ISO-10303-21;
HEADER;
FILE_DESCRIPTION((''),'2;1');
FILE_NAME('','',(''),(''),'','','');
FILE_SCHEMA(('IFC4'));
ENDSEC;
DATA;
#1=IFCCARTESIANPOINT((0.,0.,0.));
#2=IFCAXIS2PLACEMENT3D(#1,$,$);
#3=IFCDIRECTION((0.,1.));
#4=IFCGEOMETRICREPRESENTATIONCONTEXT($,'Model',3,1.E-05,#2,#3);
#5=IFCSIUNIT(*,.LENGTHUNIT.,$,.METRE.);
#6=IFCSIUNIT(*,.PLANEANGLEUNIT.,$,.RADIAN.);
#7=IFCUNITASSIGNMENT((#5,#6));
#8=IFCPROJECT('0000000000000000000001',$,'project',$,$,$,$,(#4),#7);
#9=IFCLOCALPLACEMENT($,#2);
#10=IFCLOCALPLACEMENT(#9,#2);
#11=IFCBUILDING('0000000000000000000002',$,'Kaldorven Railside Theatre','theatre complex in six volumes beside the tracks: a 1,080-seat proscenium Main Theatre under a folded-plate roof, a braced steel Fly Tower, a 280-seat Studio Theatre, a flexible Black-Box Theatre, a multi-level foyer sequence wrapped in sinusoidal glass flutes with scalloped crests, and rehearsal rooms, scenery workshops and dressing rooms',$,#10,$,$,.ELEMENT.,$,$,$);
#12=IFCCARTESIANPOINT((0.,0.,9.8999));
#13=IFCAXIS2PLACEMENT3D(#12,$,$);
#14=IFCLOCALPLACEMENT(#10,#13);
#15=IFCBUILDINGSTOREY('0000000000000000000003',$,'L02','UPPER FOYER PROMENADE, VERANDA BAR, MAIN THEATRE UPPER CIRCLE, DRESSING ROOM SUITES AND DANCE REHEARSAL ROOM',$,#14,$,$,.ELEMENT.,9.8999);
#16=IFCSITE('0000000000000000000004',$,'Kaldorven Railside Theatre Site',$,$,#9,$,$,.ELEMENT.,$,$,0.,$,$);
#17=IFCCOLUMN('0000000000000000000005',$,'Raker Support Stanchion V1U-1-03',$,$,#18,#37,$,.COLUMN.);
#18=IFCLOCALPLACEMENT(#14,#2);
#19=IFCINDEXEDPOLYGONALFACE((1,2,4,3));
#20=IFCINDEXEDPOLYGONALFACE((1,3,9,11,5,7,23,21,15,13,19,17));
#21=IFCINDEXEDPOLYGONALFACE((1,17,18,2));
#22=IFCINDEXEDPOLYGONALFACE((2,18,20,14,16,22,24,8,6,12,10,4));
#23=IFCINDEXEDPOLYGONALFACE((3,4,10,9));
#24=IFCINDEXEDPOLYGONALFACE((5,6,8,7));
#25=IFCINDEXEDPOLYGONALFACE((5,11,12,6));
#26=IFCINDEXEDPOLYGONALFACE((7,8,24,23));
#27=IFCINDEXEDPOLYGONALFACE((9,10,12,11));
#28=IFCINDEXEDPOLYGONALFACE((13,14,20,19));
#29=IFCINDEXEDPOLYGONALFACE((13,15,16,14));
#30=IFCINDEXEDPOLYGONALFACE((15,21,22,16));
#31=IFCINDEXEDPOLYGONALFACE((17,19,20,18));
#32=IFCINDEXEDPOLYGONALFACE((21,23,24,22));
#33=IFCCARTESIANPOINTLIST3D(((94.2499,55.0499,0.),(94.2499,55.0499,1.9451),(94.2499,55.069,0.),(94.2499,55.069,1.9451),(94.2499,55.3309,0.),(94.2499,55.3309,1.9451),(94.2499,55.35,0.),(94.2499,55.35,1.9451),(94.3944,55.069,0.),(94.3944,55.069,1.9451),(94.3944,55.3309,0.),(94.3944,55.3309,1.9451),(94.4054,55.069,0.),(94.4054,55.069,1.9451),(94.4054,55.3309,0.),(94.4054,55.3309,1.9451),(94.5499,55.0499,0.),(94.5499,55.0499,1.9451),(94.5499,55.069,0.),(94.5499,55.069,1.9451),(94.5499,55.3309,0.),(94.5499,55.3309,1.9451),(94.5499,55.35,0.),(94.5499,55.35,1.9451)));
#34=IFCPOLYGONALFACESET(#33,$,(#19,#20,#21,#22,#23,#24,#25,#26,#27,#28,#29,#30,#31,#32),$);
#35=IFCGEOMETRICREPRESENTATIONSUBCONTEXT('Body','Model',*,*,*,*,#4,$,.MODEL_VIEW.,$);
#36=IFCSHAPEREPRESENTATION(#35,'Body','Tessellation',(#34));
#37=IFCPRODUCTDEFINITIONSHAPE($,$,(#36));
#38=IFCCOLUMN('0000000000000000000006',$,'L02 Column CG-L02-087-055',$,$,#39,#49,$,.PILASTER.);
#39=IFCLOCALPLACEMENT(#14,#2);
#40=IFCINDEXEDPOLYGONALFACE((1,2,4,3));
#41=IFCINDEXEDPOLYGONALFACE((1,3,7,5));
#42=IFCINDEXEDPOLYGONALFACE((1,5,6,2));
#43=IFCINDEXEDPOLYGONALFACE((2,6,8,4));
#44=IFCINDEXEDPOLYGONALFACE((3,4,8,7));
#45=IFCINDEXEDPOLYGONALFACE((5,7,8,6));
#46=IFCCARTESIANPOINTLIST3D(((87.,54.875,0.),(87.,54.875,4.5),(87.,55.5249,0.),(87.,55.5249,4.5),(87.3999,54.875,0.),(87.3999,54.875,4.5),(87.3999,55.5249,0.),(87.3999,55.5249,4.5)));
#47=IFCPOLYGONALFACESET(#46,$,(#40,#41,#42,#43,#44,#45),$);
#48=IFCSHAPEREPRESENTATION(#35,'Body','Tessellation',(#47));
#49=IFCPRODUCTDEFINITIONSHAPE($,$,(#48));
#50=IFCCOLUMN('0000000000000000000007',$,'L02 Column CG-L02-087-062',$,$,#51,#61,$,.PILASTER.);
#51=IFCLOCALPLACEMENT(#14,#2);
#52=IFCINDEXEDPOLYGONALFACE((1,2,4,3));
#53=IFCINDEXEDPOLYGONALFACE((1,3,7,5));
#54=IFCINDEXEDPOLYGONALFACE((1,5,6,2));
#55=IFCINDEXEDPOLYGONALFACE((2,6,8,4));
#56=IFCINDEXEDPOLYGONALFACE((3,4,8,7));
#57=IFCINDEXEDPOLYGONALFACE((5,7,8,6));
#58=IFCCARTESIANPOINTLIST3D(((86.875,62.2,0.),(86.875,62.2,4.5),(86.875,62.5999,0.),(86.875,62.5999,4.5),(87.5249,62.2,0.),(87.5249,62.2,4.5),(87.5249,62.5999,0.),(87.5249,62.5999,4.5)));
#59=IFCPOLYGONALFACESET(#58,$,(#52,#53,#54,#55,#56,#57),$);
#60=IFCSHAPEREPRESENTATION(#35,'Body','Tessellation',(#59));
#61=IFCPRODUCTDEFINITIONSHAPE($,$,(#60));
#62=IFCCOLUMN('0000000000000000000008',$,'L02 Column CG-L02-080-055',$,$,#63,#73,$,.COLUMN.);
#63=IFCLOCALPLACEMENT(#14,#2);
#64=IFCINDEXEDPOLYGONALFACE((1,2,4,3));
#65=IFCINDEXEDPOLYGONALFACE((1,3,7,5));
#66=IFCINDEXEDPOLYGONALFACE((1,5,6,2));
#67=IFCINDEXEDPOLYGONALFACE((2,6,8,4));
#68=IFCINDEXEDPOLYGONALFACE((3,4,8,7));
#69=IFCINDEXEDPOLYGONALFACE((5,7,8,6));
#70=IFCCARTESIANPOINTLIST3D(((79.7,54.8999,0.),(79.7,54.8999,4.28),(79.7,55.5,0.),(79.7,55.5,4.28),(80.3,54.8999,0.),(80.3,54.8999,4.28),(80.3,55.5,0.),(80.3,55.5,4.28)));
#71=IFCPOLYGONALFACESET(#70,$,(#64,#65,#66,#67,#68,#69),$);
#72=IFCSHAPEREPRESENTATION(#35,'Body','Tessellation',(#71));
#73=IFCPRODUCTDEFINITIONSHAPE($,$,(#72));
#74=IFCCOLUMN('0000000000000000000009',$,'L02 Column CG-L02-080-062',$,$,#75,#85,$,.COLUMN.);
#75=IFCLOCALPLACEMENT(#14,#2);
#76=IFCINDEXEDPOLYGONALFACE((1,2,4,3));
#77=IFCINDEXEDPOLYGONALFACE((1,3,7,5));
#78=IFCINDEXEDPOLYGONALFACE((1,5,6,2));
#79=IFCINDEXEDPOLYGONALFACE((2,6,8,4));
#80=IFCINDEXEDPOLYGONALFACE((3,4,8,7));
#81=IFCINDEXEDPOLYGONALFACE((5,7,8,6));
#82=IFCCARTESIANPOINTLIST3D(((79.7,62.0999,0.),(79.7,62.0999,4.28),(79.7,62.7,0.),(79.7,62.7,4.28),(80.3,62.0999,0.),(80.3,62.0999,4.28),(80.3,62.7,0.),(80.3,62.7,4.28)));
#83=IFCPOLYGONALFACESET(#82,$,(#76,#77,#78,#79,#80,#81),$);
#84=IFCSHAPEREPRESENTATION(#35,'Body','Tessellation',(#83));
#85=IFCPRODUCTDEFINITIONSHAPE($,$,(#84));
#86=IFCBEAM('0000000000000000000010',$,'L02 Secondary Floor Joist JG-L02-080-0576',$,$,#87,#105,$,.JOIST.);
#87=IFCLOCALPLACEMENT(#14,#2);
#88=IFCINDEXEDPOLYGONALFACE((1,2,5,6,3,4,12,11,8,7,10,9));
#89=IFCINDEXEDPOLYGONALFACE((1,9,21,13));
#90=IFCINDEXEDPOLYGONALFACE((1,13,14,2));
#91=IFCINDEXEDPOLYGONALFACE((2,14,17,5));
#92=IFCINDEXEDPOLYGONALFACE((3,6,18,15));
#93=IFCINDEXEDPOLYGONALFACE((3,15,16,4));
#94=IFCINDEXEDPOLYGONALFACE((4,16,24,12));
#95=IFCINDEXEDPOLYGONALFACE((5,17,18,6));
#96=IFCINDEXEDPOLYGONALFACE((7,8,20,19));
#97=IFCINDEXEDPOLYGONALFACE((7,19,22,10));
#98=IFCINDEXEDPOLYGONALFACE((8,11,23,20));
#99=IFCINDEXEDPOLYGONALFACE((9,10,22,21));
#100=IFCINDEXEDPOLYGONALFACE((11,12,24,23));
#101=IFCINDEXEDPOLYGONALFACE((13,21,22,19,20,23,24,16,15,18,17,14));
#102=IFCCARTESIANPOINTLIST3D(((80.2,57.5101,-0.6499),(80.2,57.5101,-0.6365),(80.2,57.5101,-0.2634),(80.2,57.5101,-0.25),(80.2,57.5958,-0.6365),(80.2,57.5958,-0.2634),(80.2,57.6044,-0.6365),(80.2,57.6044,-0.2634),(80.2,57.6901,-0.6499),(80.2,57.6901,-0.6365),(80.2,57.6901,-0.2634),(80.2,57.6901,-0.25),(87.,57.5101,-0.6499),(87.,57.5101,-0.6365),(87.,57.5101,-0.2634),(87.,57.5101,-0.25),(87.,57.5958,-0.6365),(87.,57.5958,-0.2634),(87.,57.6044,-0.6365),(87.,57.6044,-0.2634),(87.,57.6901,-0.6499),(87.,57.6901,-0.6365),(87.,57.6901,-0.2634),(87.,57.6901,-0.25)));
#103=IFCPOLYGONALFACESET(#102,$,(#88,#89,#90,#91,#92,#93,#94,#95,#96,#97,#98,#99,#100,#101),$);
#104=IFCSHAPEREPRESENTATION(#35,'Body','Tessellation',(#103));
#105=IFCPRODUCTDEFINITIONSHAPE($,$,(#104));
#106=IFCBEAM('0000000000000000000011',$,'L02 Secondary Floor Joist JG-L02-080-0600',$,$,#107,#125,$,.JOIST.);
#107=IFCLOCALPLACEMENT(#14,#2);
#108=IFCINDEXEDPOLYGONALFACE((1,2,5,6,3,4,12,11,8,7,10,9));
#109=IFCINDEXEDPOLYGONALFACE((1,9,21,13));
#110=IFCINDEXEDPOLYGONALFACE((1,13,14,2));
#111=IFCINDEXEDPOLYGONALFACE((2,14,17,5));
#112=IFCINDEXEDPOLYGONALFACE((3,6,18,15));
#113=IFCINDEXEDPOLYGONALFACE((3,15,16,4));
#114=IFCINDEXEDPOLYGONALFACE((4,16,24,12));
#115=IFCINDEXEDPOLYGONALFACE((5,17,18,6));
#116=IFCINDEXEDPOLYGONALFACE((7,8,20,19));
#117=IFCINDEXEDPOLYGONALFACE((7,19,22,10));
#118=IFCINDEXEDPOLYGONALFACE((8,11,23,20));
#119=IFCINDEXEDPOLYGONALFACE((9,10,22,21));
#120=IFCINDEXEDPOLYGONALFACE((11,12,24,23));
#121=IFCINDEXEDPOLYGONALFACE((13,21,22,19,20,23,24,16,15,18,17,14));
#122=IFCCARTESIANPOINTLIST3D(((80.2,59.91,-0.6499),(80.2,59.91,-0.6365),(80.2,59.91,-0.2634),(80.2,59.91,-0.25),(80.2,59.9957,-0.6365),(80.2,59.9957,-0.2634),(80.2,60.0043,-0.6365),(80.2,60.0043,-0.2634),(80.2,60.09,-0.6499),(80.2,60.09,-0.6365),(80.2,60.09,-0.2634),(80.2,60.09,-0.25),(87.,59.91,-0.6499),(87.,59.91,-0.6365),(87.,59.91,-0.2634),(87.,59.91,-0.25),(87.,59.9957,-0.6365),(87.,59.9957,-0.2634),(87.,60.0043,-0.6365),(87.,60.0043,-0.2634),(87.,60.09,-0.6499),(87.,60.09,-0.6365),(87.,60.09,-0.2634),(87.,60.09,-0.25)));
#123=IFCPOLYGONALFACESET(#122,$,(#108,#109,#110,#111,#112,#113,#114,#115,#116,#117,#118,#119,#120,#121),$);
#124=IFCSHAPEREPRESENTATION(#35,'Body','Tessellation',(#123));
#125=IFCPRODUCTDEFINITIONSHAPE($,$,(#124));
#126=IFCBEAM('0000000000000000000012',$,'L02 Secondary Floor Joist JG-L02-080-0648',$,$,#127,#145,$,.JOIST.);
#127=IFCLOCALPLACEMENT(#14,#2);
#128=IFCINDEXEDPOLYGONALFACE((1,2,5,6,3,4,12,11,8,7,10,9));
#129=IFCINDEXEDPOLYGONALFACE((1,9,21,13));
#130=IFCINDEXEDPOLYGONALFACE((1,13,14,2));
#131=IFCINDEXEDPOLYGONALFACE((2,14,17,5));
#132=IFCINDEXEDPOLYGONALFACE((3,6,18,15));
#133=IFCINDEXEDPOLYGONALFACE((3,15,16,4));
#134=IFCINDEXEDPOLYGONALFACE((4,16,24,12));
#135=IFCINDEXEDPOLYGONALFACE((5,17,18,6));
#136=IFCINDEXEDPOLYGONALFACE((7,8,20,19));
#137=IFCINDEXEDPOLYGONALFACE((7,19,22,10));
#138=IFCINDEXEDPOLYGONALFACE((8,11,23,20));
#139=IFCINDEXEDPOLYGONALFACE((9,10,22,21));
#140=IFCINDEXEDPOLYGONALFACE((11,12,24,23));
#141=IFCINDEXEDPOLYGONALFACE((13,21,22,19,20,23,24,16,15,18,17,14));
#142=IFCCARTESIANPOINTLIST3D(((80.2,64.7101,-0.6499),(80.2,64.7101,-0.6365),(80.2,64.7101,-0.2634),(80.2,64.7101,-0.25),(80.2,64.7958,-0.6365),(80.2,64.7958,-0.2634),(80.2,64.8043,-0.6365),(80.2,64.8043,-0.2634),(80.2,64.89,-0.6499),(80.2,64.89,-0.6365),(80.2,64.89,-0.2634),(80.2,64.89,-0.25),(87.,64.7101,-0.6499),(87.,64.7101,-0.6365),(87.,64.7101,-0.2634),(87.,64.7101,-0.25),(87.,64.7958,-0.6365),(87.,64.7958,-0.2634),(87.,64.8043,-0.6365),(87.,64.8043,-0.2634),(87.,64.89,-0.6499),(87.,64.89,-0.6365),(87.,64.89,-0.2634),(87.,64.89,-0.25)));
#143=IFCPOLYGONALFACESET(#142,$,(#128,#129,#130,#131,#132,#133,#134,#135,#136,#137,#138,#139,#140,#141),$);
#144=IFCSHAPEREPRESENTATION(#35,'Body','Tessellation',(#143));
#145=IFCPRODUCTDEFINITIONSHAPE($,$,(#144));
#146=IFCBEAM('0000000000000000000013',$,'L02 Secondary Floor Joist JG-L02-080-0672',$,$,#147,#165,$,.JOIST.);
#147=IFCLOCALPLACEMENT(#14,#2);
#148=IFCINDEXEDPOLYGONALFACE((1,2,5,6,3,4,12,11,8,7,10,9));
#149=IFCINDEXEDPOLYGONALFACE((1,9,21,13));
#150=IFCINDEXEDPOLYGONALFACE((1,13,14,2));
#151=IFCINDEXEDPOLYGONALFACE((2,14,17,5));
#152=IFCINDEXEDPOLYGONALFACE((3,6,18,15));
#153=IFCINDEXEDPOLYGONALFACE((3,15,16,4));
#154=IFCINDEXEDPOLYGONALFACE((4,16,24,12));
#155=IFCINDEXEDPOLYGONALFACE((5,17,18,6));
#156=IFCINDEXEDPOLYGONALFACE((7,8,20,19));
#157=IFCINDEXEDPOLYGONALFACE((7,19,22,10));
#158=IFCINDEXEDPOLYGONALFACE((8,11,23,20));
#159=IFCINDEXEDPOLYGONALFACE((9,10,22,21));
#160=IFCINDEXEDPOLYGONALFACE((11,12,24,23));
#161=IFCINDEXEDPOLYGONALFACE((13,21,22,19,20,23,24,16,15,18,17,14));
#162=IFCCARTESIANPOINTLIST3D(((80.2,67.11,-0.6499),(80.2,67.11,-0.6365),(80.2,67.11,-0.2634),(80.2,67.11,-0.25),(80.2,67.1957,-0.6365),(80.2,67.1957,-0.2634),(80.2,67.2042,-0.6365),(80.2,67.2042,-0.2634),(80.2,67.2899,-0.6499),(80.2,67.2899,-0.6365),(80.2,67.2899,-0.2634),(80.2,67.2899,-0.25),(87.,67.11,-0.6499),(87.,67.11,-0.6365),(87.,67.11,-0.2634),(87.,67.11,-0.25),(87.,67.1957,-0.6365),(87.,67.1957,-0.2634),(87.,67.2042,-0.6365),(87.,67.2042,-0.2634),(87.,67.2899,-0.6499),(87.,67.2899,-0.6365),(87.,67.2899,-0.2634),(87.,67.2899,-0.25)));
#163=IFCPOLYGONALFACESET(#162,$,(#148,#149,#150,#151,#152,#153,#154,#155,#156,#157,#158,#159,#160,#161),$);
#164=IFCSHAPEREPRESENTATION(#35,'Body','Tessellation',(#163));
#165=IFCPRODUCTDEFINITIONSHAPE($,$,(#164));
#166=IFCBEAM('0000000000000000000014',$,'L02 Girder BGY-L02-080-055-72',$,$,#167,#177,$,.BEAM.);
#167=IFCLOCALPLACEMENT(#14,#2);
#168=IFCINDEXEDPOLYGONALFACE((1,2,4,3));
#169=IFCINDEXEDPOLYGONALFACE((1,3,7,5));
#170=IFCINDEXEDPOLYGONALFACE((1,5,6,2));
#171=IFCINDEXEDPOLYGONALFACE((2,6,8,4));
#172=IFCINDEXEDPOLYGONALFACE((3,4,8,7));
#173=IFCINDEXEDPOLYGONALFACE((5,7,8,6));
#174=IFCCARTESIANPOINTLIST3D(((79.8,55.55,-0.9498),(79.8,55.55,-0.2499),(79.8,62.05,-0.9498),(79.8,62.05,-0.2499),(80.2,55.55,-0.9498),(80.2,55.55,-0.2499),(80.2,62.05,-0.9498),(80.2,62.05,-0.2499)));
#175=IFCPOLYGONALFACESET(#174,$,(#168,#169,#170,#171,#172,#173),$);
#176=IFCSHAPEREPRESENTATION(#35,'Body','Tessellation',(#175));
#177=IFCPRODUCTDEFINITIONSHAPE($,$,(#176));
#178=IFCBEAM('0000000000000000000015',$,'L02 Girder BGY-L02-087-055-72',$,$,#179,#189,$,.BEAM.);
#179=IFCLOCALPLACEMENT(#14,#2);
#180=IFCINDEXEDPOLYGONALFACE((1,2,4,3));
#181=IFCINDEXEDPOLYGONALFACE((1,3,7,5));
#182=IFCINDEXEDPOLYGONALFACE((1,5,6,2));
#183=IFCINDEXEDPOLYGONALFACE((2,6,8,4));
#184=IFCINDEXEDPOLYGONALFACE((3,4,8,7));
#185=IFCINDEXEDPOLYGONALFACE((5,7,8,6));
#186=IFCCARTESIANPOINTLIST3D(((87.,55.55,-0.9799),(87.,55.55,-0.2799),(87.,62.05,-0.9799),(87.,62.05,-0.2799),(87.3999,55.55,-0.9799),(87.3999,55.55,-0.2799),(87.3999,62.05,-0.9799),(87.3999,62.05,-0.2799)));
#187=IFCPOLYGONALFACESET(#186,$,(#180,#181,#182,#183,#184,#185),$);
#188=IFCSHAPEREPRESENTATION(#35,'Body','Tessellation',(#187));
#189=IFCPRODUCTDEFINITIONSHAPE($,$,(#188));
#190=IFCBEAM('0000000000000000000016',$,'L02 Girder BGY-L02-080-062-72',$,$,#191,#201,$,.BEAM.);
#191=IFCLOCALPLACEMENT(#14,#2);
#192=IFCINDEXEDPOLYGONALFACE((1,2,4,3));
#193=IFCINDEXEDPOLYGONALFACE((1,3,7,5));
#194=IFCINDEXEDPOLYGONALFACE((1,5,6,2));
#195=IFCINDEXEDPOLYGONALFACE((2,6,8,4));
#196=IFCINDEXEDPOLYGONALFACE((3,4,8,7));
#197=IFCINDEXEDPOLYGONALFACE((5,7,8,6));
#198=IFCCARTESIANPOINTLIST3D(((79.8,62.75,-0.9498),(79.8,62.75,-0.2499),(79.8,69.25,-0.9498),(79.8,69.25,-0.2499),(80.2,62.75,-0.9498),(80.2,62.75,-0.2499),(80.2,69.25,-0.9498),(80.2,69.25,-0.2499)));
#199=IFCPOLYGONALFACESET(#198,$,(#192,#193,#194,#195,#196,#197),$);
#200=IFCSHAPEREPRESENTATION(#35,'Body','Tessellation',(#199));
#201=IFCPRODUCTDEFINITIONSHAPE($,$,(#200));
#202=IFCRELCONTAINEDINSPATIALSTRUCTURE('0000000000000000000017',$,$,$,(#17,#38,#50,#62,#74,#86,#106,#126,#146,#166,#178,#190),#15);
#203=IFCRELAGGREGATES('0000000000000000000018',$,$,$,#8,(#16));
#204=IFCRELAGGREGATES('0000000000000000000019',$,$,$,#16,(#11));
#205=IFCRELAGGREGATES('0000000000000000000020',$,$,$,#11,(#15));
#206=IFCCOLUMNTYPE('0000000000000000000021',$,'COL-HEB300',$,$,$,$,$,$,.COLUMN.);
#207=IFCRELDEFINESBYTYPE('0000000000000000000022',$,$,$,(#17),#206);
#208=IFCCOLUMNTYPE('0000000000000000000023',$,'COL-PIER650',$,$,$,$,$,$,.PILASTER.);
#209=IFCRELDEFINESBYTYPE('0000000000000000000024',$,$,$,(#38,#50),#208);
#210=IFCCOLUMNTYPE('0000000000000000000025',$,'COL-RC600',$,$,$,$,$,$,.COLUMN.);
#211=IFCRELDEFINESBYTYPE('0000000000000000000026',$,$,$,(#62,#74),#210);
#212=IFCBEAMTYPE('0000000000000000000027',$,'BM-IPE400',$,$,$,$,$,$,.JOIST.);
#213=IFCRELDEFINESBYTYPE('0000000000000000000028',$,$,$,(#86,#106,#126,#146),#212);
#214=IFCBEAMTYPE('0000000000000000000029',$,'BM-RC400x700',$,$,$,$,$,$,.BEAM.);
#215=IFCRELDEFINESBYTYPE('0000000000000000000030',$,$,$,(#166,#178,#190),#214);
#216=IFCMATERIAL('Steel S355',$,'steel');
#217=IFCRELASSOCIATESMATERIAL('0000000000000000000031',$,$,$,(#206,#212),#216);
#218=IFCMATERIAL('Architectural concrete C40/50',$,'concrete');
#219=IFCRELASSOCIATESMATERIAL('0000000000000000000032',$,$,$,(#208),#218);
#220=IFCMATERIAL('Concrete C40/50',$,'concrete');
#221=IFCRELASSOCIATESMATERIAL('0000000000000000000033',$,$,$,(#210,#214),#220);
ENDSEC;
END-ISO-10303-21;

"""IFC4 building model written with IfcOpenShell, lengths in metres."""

from ifc_helpers import new_model, si_unit, direction, frame, origin, origin_2d, place, context, subcontext, project, spatial, rectangle, i_section, extrude, material, material_profile, profile_set, type_object, element, save


model = new_model("IFC4")

# Units and contexts
model_context = context("Model", 3, precision=1e-05, world=origin(), true_north=direction((0.0, 1.0)))
body_context = subcontext(model_context, "Body", "Model", "MODEL_VIEW")
ifc_project = project(units=[si_unit("LENGTHUNIT", "METRE"), si_unit("PLANEANGLEUNIT", "RADIAN")], contexts=[model_context])

# Site, building, storey
site_placement = place(None, origin())
site = spatial("IfcSite", under=ifc_project, at=site_placement, Name="Kaldorven Railside Theatre Site", CompositionType="ELEMENT", RefElevation=0.0)
building_placement = place(site_placement, origin())
building = spatial("IfcBuilding", under=site, at=building_placement, Name="Kaldorven Railside Theatre", Description="theatre complex in six volumes beside the tracks: a 1,080-seat proscenium Main Theatre under a folded-plate roof, a braced steel Fly Tower, a 280-seat Studio Theatre, a flexible Black-Box Theatre, a multi-level foyer sequence wrapped in sinusoidal glass flutes with scalloped crests, and rehearsal rooms, scenery workshops and dressing rooms", CompositionType="ELEMENT")
storey_placement = place(building_placement, frame((0.0, 0.0, 9.8999)))
storey = spatial("IfcBuildingStorey", under=building, at=storey_placement, Name="L02", Description="UPPER FOYER PROMENADE, VERANDA BAR, MAIN THEATRE UPPER CIRCLE, DRESSING ROOM SUITES AND DANCE REHEARSAL ROOM", CompositionType="ELEMENT", Elevation=9.8999)

# Columns
ifc_material_1 = material(Name="Steel S355", Category="steel")
ifc_material_profile_1 = material_profile(ifc_material_1, i_section(OverallWidth=0.3, OverallDepth=0.3, WebThickness=0.011, FlangeThickness=0.019, at=origin_2d()), Name="HEB 300")
ifc_profile_set_1 = profile_set([ifc_material_profile_1], Name="Steel S355")
column_type_1 = type_object("IfcColumnType", Name="COL-HEB300", PredefinedType="COLUMN", material=ifc_profile_set_1)
column_placement = place(storey_placement, frame((94.3999, 55.2, 0.0), z_axis=(0.0, 0.0, 1.0), x_axis=(1.0, 0.0, 0.0)))
element("IfcColumn", 1, at=column_placement, inside=storey, type_object=column_type_1, Name="Raker Support Stanchion V1U-1-03", PredefinedType="COLUMN", context=body_context, shape_type="SweptSolid", body=[
    extrude(i_section(OverallWidth=0.3, OverallDepth=0.3, WebThickness=0.011, FlangeThickness=0.019, at=origin_2d()), origin(), (0.0, 0.0, 1.0), 1.9451),
])
ifc_material_2 = material(Name="Architectural concrete C40/50", Category="concrete")
ifc_material_profile_2 = material_profile(ifc_material_2, rectangle(XDim=0.3999, YDim=0.6499, at=origin_2d()), Name="RC 400x650")
ifc_profile_set_2 = profile_set([ifc_material_profile_2], Name="Architectural concrete C40/50")
column_type_2 = type_object("IfcColumnType", Name="COL-PIER650", PredefinedType="PILASTER", material=ifc_profile_set_2)
for number, where, z_axis, x_axis, name in (
    (2, (87.2, 55.2, 0.0), (0.0, 0.0, 1.0), (1.0, 0.0, 0.0), "L02 Column CG-L02-087-055"),
    (3, (87.2, 62.3999, 0.0), (0.0, 0.0, 1.0), (0.0, 1.0, 0.0), "L02 Column CG-L02-087-062"),
):
    element("IfcColumn", number, at=place(storey_placement, frame(where, z_axis=z_axis, x_axis=x_axis)), inside=storey, type_object=column_type_2, Name=name, PredefinedType="PILASTER", context=body_context, shape_type="SweptSolid", body=[
        extrude(rectangle(XDim=0.3999, YDim=0.6499, at=origin_2d()), origin(), (0.0, 0.0, 1.0), 4.5),
    ])
ifc_material_3 = material(Name="Concrete C40/50", Category="concrete")
ifc_material_profile_3 = material_profile(ifc_material_3, rectangle(XDim=0.6001, YDim=0.6001, at=origin_2d()), Name="RC 600x600")
ifc_profile_set_3 = profile_set([ifc_material_profile_3], Name="Concrete C40/50")
column_type_3 = type_object("IfcColumnType", Name="COL-RC600", PredefinedType="COLUMN", material=ifc_profile_set_3)
for number, where, z_axis, x_axis, name in (
    (4, (80.0, 55.2, 0.0), (0.0, 0.0, 1.0), (0.0, 1.0, 0.0), "L02 Column CG-L02-080-055"),
    (5, (80.0, 62.3999, 0.0), (0.0, 0.0, 1.0), (1.0, 0.0, 0.0), "L02 Column CG-L02-080-062"),
):
    element("IfcColumn", number, at=place(storey_placement, frame(where, z_axis=z_axis, x_axis=x_axis)), inside=storey, type_object=column_type_3, Name=name, PredefinedType="COLUMN", context=body_context, shape_type="SweptSolid", body=[
        extrude(rectangle(XDim=0.6001, YDim=0.6001, at=origin_2d()), origin(), (0.0, 0.0, 1.0), 4.28),
    ])

# Beams
ifc_material_profile_4 = material_profile(ifc_material_1, i_section(OverallWidth=0.1799, OverallDepth=0.3999, WebThickness=0.0085, FlangeThickness=0.0134, at=origin_2d()), Name="IPE 400")
ifc_profile_set_4 = profile_set([ifc_material_profile_4], Name="Steel S355")
beam_type_1 = type_object("IfcBeamType", Name="BM-IPE400", PredefinedType="JOIST", material=ifc_profile_set_4)
for number, where, z_axis, x_axis, name in (
    (6, (80.2, 57.6001, -0.45), (1.0, 0.0, 0.0), (0.0, 1.0, 0.0), "L02 Secondary Floor Joist JG-L02-080-0576"),
    (7, (80.2, 60.0, -0.45), (1.0, 0.0, 0.0), (0.0, 1.0, 0.0), "L02 Secondary Floor Joist JG-L02-080-0600"),
    (8, (80.2, 64.8, -0.45), (1.0, 0.0, 0.0), (0.0, 1.0, 0.0), "L02 Secondary Floor Joist JG-L02-080-0648"),
    (9, (80.2, 67.2, -0.45), (1.0, 0.0, 0.0), (0.0, 1.0, 0.0), "L02 Secondary Floor Joist JG-L02-080-0672"),
):
    element("IfcBeam", number, at=place(storey_placement, frame(where, z_axis=z_axis, x_axis=x_axis)), inside=storey, type_object=beam_type_1, Name=name, PredefinedType="JOIST", context=body_context, shape_type="SweptSolid", body=[
        extrude(i_section(OverallWidth=0.1799, OverallDepth=0.3999, WebThickness=0.0085, FlangeThickness=0.0134, at=origin_2d()), origin(), (0.0, 0.0, 1.0), 6.8),
    ])
ifc_material_profile_5 = material_profile(ifc_material_3, rectangle(XDim=0.3999, YDim=0.7, at=origin_2d()), Name="RC 400x700")
ifc_profile_set_5 = profile_set([ifc_material_profile_5], Name="Concrete C40/50")
beam_type_2 = type_object("IfcBeamType", Name="BM-RC400x700", PredefinedType="BEAM", material=ifc_profile_set_5)
for number, where, z_axis, x_axis, name in (
    (10, (80.0, 55.55, -0.5999), (0.0, 1.0, 0.0), (-1.0, 0.0, 0.0), "L02 Girder BGY-L02-080-055-72"),
    (11, (87.2, 55.55, -0.6299), (0.0, 1.0, 0.0), (-1.0, 0.0, 0.0), "L02 Girder BGY-L02-087-055-72"),
    (12, (80.0, 62.75, -0.5999), (0.0, 1.0, 0.0), (-1.0, 0.0, 0.0), "L02 Girder BGY-L02-080-062-72"),
):
    element("IfcBeam", number, at=place(storey_placement, frame(where, z_axis=z_axis, x_axis=x_axis)), inside=storey, type_object=beam_type_2, Name=name, PredefinedType="BEAM", context=body_context, shape_type="SweptSolid", body=[
        extrude(rectangle(XDim=0.3999, YDim=0.7, at=origin_2d()), origin(), (0.0, 0.0, 1.0), 6.5),
    ])

save(model, "model.ifc")
